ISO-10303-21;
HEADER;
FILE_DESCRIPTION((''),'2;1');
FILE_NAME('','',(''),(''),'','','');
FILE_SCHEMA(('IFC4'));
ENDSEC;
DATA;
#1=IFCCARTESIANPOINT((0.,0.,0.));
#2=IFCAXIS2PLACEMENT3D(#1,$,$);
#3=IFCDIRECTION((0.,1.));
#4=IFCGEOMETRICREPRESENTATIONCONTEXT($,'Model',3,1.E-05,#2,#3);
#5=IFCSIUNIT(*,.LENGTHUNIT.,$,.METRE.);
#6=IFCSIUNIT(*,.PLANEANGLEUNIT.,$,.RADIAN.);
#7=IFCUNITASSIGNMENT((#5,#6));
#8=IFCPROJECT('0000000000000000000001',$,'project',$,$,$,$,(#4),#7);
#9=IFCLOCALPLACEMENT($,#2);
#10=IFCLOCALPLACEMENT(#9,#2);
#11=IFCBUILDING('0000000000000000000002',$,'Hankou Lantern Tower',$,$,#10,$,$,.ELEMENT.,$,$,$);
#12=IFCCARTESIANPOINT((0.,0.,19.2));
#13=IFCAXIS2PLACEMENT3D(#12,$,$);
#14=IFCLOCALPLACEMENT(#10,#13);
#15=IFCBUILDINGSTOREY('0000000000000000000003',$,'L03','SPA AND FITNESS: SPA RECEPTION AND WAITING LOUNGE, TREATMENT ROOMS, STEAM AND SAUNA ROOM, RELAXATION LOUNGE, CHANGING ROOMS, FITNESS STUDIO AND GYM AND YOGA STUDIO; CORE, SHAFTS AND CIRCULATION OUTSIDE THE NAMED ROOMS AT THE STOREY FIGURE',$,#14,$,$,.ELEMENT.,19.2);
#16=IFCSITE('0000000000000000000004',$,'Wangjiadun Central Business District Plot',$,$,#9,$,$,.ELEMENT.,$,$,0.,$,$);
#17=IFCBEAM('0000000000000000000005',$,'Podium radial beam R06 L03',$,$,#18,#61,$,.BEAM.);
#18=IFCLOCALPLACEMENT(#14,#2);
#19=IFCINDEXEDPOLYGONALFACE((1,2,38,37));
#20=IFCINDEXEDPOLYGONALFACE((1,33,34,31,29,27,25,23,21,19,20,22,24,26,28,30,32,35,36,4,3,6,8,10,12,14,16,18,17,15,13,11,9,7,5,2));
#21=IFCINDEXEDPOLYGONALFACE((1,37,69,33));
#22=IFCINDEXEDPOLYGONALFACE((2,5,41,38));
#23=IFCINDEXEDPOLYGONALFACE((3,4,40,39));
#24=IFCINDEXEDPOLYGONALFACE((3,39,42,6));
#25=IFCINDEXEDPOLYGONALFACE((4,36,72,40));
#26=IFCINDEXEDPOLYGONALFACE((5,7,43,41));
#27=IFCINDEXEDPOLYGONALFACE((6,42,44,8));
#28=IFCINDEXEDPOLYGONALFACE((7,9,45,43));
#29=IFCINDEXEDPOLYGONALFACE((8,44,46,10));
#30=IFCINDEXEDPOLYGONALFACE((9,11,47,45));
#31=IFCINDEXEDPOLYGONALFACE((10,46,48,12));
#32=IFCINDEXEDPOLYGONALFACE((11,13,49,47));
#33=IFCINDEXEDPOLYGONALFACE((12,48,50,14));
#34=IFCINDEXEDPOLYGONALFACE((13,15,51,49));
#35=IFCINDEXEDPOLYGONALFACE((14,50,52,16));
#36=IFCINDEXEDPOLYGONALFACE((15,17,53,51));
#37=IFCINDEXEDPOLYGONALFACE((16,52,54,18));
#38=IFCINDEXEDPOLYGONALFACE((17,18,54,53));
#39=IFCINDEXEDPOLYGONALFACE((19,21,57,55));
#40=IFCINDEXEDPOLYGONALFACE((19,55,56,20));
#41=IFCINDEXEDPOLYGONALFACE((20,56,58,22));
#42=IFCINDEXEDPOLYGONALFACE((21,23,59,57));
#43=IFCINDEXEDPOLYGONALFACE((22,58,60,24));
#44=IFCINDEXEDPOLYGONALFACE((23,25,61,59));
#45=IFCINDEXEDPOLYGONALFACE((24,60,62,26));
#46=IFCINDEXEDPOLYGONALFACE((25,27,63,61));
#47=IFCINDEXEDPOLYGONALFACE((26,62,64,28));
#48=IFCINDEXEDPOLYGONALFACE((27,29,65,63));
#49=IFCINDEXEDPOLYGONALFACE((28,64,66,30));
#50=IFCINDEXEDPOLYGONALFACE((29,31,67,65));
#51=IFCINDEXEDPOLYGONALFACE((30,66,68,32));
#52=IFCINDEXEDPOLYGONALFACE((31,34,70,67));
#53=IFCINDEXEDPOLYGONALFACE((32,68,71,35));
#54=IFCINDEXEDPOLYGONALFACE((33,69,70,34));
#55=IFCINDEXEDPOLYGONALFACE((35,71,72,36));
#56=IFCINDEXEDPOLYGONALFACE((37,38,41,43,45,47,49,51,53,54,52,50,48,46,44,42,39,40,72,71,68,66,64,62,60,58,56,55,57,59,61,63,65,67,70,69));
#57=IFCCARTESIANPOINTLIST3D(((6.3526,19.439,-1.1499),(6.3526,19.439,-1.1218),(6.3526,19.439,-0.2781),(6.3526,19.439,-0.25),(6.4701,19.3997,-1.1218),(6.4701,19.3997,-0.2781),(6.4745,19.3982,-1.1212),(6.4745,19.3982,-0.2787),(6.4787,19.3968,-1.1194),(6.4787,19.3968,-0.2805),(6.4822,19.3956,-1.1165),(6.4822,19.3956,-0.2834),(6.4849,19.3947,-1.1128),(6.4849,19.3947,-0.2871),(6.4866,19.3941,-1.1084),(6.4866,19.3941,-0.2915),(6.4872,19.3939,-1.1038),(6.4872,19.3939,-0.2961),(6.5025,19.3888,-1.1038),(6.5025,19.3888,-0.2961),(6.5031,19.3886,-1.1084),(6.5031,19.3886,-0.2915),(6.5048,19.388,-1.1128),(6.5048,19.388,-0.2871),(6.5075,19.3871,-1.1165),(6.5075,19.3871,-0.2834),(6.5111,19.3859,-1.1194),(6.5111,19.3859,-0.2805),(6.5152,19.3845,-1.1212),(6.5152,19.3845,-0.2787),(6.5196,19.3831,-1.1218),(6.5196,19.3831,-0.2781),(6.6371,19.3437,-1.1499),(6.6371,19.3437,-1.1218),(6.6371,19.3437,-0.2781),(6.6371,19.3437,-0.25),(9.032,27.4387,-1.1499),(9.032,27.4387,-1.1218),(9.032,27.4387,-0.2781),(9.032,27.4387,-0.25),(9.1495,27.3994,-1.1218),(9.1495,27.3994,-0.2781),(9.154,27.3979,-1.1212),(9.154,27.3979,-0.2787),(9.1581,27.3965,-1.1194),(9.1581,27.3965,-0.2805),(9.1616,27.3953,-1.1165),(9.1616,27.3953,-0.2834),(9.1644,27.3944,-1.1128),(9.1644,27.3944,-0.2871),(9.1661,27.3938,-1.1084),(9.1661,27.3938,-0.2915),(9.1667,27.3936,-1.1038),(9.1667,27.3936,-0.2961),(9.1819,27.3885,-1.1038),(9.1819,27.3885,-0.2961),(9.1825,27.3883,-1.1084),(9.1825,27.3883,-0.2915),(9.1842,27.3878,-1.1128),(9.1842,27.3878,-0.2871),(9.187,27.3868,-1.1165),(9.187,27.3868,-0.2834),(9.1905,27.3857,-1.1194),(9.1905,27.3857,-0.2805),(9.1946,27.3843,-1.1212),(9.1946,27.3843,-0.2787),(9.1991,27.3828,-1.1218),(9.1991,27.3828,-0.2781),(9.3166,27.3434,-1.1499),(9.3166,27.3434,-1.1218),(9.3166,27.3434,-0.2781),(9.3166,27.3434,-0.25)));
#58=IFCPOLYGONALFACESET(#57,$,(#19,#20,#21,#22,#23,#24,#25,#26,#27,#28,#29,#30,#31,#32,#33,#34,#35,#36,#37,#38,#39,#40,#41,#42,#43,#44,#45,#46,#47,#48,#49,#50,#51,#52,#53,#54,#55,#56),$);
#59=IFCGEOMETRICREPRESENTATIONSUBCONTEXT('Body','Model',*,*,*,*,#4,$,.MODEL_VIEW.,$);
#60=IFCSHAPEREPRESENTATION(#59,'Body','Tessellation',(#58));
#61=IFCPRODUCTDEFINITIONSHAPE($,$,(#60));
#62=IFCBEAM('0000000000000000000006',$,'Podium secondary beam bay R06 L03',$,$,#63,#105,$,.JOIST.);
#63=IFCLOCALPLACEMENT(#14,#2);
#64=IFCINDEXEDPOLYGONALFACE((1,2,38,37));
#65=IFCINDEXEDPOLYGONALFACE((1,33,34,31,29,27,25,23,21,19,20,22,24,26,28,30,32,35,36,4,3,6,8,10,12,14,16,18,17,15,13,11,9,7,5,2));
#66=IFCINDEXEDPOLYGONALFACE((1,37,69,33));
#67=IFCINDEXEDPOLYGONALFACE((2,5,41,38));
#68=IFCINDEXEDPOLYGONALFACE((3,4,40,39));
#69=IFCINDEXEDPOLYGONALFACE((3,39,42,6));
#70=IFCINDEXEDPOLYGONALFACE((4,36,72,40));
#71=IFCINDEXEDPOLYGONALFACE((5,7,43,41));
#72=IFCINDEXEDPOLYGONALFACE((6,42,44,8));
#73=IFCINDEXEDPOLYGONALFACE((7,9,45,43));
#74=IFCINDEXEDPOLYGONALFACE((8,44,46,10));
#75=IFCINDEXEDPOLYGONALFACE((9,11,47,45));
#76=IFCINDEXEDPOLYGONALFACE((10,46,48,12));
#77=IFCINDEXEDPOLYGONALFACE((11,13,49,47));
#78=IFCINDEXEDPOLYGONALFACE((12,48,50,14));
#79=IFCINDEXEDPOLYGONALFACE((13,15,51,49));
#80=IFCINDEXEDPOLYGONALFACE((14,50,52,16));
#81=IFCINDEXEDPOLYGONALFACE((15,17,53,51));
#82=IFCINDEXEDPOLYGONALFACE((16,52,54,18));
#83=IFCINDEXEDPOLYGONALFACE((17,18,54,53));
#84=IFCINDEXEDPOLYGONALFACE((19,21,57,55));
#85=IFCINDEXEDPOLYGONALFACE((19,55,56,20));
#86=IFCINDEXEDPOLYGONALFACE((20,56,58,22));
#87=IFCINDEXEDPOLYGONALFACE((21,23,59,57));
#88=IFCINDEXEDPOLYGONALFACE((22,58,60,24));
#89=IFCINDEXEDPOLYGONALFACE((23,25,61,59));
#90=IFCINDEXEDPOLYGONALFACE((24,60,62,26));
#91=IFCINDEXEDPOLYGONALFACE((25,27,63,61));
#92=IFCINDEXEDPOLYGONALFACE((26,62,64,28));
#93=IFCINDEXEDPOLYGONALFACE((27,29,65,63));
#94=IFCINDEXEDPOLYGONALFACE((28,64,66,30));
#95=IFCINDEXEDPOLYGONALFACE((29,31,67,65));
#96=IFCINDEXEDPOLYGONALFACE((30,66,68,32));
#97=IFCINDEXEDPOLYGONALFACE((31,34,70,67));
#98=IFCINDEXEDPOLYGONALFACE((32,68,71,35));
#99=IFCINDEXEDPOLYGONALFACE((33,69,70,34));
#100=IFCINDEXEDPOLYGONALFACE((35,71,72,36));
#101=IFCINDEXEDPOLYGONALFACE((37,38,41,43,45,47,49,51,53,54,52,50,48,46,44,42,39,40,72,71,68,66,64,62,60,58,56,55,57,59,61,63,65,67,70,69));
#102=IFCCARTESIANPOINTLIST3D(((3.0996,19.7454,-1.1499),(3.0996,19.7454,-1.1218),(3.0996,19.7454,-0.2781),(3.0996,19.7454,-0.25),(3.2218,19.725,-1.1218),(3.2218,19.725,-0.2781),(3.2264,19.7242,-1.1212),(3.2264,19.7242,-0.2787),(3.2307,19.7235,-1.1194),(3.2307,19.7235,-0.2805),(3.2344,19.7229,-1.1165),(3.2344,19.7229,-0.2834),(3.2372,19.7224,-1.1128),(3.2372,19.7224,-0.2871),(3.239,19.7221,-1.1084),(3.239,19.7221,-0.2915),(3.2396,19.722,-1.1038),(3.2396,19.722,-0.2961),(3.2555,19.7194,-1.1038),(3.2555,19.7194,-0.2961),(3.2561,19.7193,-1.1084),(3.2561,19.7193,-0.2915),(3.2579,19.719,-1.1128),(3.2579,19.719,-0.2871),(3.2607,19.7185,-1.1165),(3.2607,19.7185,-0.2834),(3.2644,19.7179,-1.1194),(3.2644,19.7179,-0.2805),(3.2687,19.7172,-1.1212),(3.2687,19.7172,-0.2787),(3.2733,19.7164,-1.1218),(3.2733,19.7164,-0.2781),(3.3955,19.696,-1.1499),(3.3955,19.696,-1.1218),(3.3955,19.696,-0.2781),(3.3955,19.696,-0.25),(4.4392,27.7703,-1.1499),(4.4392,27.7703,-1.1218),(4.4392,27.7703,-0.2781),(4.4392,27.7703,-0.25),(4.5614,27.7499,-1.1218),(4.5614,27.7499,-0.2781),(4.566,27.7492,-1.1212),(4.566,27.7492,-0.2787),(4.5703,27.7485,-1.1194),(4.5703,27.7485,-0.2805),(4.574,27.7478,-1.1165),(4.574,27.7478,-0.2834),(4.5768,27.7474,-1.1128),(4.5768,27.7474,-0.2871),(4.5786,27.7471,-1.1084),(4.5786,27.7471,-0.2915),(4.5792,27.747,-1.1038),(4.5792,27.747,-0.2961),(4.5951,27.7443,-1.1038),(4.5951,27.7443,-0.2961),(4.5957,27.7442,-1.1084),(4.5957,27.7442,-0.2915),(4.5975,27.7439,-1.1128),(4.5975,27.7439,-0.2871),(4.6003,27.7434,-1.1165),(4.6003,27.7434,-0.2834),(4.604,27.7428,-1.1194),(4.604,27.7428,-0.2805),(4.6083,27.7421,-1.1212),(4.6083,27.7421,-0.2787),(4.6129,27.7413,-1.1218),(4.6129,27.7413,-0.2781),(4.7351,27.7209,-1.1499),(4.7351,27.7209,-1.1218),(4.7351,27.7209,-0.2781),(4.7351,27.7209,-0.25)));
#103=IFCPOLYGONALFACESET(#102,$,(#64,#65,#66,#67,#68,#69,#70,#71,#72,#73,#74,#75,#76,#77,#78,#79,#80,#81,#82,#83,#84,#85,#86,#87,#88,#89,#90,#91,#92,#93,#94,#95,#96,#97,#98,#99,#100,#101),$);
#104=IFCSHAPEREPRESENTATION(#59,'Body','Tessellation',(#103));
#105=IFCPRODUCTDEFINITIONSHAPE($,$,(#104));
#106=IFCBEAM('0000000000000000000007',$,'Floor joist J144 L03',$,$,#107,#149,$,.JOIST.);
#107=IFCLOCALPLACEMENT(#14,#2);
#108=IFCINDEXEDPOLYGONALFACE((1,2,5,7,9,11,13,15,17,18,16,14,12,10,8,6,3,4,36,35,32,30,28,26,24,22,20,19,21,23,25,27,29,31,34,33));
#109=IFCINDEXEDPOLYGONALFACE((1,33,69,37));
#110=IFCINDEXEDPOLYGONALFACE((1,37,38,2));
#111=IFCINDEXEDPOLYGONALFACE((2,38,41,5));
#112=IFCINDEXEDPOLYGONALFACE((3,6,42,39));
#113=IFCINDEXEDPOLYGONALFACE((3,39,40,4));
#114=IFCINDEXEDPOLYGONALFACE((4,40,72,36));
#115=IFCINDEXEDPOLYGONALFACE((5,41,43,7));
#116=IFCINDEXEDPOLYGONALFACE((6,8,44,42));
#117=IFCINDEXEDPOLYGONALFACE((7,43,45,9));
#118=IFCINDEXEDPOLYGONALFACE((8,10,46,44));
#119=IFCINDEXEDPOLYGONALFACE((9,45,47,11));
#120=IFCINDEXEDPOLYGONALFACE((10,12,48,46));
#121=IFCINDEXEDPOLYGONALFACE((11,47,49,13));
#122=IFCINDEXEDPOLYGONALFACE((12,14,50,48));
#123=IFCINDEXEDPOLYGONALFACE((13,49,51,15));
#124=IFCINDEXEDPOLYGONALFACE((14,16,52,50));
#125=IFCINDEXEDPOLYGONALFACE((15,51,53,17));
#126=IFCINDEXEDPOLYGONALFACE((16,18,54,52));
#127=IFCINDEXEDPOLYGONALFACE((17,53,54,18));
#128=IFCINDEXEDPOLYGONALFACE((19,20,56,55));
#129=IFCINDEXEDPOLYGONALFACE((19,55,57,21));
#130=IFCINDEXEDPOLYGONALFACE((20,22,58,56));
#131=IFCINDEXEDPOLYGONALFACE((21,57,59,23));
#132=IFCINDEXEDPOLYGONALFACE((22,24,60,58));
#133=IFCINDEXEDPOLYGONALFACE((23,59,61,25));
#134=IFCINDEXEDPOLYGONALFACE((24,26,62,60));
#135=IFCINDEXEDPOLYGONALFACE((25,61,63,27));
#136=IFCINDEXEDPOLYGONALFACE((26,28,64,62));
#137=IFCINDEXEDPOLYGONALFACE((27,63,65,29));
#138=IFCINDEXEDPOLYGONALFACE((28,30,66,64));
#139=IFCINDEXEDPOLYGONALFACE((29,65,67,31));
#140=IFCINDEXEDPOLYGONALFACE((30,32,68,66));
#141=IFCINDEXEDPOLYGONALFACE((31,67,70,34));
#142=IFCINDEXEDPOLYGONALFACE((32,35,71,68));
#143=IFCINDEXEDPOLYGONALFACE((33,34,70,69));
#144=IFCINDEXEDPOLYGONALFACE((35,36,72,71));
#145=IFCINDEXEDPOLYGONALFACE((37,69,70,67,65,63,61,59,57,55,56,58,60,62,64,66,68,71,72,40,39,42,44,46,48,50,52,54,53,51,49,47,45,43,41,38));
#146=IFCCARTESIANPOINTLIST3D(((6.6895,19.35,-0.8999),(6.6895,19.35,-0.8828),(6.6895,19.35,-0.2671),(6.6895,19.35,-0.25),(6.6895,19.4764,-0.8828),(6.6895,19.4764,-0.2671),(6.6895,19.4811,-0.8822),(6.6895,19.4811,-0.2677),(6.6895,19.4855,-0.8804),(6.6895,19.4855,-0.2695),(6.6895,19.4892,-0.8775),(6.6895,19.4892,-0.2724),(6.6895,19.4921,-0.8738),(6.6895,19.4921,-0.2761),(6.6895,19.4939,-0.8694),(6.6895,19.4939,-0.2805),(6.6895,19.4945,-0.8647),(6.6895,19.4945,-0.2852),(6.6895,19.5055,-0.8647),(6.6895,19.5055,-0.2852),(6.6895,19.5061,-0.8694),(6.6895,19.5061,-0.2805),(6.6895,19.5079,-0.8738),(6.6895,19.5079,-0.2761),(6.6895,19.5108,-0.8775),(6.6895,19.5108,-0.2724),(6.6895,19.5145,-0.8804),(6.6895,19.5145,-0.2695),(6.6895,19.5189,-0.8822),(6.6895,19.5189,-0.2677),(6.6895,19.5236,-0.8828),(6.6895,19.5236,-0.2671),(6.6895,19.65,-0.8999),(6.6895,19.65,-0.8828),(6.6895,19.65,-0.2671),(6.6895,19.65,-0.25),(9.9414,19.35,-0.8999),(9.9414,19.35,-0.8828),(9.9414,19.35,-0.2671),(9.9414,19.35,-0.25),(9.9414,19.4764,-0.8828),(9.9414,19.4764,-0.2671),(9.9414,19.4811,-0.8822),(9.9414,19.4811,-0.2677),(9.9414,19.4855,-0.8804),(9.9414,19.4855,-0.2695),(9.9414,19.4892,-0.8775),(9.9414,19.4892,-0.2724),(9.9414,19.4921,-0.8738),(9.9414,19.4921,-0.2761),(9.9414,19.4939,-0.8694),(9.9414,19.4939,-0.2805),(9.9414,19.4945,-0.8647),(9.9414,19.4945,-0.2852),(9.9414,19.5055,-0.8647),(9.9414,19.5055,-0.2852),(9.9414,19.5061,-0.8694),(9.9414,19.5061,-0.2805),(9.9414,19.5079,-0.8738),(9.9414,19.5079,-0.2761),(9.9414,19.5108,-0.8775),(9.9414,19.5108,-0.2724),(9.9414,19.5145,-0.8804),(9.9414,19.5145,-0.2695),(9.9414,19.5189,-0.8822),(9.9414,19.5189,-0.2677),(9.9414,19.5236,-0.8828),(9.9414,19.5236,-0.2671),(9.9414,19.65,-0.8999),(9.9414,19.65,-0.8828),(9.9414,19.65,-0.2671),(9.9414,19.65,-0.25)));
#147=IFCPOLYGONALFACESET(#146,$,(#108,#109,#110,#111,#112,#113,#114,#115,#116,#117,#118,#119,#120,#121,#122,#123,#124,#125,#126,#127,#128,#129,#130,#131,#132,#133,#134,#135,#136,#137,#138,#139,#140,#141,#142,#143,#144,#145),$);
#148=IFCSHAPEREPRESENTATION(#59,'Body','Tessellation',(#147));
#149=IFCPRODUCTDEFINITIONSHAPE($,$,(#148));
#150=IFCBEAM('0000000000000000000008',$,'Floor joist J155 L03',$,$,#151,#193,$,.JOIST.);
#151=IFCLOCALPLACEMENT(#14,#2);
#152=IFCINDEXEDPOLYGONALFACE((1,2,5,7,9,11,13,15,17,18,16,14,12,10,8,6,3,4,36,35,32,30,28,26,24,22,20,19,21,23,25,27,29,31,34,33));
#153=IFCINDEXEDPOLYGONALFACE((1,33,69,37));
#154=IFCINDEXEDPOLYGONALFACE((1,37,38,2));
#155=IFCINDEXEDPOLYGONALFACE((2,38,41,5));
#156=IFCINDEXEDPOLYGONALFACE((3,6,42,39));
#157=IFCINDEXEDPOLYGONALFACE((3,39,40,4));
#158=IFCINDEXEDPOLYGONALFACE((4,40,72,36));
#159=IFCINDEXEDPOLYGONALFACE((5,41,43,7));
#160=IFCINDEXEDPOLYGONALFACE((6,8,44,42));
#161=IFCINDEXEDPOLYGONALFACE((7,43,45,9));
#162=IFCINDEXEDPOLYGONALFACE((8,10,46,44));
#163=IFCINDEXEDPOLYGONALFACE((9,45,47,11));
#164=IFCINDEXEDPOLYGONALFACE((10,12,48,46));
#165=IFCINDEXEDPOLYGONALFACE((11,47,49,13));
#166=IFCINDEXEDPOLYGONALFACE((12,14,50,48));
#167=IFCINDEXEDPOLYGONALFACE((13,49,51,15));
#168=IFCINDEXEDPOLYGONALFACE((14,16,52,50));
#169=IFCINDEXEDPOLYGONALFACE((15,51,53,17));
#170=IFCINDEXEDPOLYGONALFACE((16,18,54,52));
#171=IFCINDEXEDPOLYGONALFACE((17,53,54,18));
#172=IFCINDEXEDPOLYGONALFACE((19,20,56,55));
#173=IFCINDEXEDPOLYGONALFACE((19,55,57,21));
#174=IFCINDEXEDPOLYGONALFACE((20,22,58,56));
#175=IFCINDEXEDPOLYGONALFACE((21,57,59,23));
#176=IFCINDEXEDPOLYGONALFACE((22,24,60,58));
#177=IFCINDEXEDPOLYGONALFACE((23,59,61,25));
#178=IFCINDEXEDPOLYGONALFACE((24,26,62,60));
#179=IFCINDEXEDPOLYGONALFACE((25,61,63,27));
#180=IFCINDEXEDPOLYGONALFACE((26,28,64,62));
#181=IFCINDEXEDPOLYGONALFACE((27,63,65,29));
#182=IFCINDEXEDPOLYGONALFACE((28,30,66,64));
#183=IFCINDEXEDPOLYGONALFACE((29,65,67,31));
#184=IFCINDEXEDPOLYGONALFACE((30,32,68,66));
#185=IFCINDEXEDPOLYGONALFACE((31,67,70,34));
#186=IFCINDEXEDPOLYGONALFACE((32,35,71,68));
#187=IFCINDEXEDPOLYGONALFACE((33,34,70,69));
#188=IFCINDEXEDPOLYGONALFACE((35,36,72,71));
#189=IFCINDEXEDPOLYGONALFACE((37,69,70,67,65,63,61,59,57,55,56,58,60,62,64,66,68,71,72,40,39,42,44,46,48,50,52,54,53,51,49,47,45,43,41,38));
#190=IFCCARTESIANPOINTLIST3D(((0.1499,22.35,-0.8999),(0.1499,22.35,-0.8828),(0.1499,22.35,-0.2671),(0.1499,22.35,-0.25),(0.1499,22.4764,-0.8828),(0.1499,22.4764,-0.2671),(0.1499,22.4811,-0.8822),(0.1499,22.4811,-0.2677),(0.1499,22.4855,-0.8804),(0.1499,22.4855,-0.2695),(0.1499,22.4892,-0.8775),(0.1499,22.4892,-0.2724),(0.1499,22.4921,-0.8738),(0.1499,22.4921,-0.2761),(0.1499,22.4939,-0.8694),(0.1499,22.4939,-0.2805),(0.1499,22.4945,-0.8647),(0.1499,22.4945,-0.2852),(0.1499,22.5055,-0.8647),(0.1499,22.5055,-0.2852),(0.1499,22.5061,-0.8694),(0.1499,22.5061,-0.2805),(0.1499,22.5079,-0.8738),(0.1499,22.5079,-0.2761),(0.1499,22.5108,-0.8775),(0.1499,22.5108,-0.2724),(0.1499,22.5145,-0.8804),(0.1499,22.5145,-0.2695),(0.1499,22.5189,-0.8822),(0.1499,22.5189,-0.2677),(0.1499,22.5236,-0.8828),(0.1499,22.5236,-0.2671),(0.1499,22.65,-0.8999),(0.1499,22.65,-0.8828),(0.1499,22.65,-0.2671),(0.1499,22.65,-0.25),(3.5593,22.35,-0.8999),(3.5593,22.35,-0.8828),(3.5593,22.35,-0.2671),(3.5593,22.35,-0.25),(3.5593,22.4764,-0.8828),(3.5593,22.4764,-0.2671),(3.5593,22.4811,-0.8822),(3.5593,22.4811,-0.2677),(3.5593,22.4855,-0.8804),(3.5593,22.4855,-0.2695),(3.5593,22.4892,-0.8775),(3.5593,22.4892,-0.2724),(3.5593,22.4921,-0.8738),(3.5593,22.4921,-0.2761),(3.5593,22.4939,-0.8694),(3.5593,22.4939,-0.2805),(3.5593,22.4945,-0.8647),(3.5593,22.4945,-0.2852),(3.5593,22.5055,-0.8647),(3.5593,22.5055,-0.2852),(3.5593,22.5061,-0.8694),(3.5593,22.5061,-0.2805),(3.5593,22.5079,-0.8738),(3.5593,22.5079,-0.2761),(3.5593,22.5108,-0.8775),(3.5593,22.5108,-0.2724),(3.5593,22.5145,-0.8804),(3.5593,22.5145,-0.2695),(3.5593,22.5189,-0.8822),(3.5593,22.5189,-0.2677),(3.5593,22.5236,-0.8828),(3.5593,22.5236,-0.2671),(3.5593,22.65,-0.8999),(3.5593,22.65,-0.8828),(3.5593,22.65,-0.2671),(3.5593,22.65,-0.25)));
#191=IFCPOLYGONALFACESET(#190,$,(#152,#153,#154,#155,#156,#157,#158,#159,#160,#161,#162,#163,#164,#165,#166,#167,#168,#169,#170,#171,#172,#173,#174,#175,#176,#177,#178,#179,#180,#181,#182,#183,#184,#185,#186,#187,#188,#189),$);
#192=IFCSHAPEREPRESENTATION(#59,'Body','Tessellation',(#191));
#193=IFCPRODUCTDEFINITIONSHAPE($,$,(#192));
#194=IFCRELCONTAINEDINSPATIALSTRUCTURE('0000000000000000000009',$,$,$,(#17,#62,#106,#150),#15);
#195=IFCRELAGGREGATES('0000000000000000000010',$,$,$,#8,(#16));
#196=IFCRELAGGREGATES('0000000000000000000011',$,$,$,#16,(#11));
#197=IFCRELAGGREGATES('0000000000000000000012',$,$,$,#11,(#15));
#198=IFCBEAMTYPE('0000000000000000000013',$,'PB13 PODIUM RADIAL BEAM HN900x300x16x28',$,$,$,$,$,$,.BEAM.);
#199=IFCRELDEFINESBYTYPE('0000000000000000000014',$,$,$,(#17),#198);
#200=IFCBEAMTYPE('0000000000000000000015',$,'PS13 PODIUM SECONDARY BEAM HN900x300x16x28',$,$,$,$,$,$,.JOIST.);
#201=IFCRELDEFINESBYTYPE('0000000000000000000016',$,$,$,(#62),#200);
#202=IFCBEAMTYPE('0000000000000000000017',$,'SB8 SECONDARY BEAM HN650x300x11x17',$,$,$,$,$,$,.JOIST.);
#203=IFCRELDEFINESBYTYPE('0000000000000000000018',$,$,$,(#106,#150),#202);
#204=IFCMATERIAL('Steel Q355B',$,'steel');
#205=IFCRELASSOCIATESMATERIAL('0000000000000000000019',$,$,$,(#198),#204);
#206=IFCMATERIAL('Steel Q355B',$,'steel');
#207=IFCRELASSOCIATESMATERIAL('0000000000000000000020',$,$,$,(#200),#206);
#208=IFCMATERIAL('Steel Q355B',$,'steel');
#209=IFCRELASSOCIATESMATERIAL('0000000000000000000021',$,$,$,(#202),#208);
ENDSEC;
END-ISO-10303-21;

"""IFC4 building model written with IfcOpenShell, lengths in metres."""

from ifc_helpers import new_model, si_unit, direction, frame, origin, origin_2d, place, context, subcontext, project, spatial, i_section, extrude, material, material_profile, profile_set, type_object, element, save


model = new_model("IFC4")

# Units and contexts
model_context = context("Model", 3, precision=1e-05, world=origin(), true_north=direction((0.0, 1.0)))
body_context = subcontext(model_context, "Body", "Model", "MODEL_VIEW")
ifc_project = project(units=[si_unit("LENGTHUNIT", "METRE"), si_unit("PLANEANGLEUNIT", "RADIAN")], contexts=[model_context])

# Site, building, storey
site_placement = place(None, origin())
site = spatial("IfcSite", under=ifc_project, at=site_placement, Name="Wangjiadun Central Business District Plot", CompositionType="ELEMENT", RefElevation=0.0)
building_placement = place(site_placement, origin())
building = spatial("IfcBuilding", under=site, at=building_placement, Name="Hankou Lantern Tower", CompositionType="ELEMENT")
storey_placement = place(building_placement, frame((0.0, 0.0, 19.2)))
storey = spatial("IfcBuildingStorey", under=building, at=storey_placement, Name="L03", Description="SPA AND FITNESS: SPA RECEPTION AND WAITING LOUNGE, TREATMENT ROOMS, STEAM AND SAUNA ROOM, RELAXATION LOUNGE, CHANGING ROOMS, FITNESS STUDIO AND GYM AND YOGA STUDIO; CORE, SHAFTS AND CIRCULATION OUTSIDE THE NAMED ROOMS AT THE STOREY FIGURE", CompositionType="ELEMENT", Elevation=19.2)

# Beams
ifc_material_1 = material(Name="Steel Q355B", Category="steel")
ifc_material_profile_1 = material_profile(ifc_material_1, i_section(OverallWidth=0.3, OverallDepth=0.8999, WebThickness=0.0161, FlangeThickness=0.0281, FilletRadius=0.0181, at=origin_2d()), Name="HN900x300x16x28")
ifc_profile_set_1 = profile_set([ifc_material_profile_1], Name="Steel Q355B")
beam_type_1 = type_object("IfcBeamType", Name="PB13 PODIUM RADIAL BEAM HN900x300x16x28", PredefinedType="BEAM", material=ifc_profile_set_1)
beam_1_placement = place(storey_placement, frame((6.4949, 19.3914, -0.7), z_axis=(0.317599, 0.948225, 0.0), x_axis=(-0.948225, 0.317599, 0.0)))
element("IfcBeam", 1, at=beam_1_placement, inside=storey, type_object=beam_type_1, Name="Podium radial beam R06 L03", PredefinedType="BEAM", context=body_context, shape_type="SweptSolid", body=[
    extrude(i_section(OverallWidth=0.3, OverallDepth=0.8999, WebThickness=0.0161, FlangeThickness=0.0281, FilletRadius=0.0181, at=origin_2d()), origin(), (0.0, 0.0, 1.0), 8.4365),
])
ifc_material_2 = material(Name="Steel Q355B", Category="steel")
ifc_material_profile_2 = material_profile(ifc_material_2, i_section(OverallWidth=0.3, OverallDepth=0.8999, WebThickness=0.0161, FlangeThickness=0.0281, FilletRadius=0.0181, at=origin_2d()), Name="HN900x300x16x28")
ifc_profile_set_2 = profile_set([ifc_material_profile_2], Name="Steel Q355B")
beam_type_2 = type_object("IfcBeamType", Name="PS13 PODIUM SECONDARY BEAM HN900x300x16x28", PredefinedType="JOIST", material=ifc_profile_set_2)
beam_2_placement = place(storey_placement, frame((3.2476, 19.7207, -0.7), z_axis=(0.164652, 0.986352, 0.0), x_axis=(-0.986352, 0.164652, 0.0)))
element("IfcBeam", 2, at=beam_2_placement, inside=storey, type_object=beam_type_2, Name="Podium secondary beam bay R06 L03", PredefinedType="JOIST", context=body_context, shape_type="SweptSolid", body=[
    extrude(i_section(OverallWidth=0.3, OverallDepth=0.8999, WebThickness=0.0161, FlangeThickness=0.0281, FilletRadius=0.0181, at=origin_2d()), origin(), (0.0, 0.0, 1.0), 8.136),
])
ifc_material_3 = material(Name="Steel Q355B", Category="steel")
ifc_material_profile_3 = material_profile(ifc_material_3, i_section(OverallWidth=0.3, OverallDepth=0.6499, WebThickness=0.011, FlangeThickness=0.0171, FilletRadius=0.0181, at=origin_2d()), Name="HN650x300x11x17")
ifc_profile_set_3 = profile_set([ifc_material_profile_3], Name="Steel Q355B")
beam_type_3 = type_object("IfcBeamType", Name="SB8 SECONDARY BEAM HN650x300x11x17", PredefinedType="JOIST", material=ifc_profile_set_3)
beam_3_placement = place(storey_placement, frame((6.6895, 19.5, -0.575), z_axis=(1.0, 0.0, 0.0), x_axis=(0.0, 1.0, 0.0)))
element("IfcBeam", 3, at=beam_3_placement, inside=storey, type_object=beam_type_3, Name="Floor joist J144 L03", PredefinedType="JOIST", context=body_context, shape_type="SweptSolid", body=[
    extrude(i_section(OverallWidth=0.3, OverallDepth=0.6499, WebThickness=0.011, FlangeThickness=0.0171, FilletRadius=0.0181, at=origin_2d()), origin(), (0.0, 0.0, 1.0), 3.252),
])
beam_4_placement = place(storey_placement, frame((0.1499, 22.5, -0.575), z_axis=(1.0, 0.0, 0.0), x_axis=(0.0, 1.0, 0.0)))
element("IfcBeam", 4, at=beam_4_placement, inside=storey, type_object=beam_type_3, Name="Floor joist J155 L03", PredefinedType="JOIST", context=body_context, shape_type="SweptSolid", body=[
    extrude(i_section(OverallWidth=0.3, OverallDepth=0.6499, WebThickness=0.011, FlangeThickness=0.0171, FilletRadius=0.0181, at=origin_2d()), origin(), (0.0, 0.0, 1.0), 3.4094),
])

save(model, "model.ifc")
